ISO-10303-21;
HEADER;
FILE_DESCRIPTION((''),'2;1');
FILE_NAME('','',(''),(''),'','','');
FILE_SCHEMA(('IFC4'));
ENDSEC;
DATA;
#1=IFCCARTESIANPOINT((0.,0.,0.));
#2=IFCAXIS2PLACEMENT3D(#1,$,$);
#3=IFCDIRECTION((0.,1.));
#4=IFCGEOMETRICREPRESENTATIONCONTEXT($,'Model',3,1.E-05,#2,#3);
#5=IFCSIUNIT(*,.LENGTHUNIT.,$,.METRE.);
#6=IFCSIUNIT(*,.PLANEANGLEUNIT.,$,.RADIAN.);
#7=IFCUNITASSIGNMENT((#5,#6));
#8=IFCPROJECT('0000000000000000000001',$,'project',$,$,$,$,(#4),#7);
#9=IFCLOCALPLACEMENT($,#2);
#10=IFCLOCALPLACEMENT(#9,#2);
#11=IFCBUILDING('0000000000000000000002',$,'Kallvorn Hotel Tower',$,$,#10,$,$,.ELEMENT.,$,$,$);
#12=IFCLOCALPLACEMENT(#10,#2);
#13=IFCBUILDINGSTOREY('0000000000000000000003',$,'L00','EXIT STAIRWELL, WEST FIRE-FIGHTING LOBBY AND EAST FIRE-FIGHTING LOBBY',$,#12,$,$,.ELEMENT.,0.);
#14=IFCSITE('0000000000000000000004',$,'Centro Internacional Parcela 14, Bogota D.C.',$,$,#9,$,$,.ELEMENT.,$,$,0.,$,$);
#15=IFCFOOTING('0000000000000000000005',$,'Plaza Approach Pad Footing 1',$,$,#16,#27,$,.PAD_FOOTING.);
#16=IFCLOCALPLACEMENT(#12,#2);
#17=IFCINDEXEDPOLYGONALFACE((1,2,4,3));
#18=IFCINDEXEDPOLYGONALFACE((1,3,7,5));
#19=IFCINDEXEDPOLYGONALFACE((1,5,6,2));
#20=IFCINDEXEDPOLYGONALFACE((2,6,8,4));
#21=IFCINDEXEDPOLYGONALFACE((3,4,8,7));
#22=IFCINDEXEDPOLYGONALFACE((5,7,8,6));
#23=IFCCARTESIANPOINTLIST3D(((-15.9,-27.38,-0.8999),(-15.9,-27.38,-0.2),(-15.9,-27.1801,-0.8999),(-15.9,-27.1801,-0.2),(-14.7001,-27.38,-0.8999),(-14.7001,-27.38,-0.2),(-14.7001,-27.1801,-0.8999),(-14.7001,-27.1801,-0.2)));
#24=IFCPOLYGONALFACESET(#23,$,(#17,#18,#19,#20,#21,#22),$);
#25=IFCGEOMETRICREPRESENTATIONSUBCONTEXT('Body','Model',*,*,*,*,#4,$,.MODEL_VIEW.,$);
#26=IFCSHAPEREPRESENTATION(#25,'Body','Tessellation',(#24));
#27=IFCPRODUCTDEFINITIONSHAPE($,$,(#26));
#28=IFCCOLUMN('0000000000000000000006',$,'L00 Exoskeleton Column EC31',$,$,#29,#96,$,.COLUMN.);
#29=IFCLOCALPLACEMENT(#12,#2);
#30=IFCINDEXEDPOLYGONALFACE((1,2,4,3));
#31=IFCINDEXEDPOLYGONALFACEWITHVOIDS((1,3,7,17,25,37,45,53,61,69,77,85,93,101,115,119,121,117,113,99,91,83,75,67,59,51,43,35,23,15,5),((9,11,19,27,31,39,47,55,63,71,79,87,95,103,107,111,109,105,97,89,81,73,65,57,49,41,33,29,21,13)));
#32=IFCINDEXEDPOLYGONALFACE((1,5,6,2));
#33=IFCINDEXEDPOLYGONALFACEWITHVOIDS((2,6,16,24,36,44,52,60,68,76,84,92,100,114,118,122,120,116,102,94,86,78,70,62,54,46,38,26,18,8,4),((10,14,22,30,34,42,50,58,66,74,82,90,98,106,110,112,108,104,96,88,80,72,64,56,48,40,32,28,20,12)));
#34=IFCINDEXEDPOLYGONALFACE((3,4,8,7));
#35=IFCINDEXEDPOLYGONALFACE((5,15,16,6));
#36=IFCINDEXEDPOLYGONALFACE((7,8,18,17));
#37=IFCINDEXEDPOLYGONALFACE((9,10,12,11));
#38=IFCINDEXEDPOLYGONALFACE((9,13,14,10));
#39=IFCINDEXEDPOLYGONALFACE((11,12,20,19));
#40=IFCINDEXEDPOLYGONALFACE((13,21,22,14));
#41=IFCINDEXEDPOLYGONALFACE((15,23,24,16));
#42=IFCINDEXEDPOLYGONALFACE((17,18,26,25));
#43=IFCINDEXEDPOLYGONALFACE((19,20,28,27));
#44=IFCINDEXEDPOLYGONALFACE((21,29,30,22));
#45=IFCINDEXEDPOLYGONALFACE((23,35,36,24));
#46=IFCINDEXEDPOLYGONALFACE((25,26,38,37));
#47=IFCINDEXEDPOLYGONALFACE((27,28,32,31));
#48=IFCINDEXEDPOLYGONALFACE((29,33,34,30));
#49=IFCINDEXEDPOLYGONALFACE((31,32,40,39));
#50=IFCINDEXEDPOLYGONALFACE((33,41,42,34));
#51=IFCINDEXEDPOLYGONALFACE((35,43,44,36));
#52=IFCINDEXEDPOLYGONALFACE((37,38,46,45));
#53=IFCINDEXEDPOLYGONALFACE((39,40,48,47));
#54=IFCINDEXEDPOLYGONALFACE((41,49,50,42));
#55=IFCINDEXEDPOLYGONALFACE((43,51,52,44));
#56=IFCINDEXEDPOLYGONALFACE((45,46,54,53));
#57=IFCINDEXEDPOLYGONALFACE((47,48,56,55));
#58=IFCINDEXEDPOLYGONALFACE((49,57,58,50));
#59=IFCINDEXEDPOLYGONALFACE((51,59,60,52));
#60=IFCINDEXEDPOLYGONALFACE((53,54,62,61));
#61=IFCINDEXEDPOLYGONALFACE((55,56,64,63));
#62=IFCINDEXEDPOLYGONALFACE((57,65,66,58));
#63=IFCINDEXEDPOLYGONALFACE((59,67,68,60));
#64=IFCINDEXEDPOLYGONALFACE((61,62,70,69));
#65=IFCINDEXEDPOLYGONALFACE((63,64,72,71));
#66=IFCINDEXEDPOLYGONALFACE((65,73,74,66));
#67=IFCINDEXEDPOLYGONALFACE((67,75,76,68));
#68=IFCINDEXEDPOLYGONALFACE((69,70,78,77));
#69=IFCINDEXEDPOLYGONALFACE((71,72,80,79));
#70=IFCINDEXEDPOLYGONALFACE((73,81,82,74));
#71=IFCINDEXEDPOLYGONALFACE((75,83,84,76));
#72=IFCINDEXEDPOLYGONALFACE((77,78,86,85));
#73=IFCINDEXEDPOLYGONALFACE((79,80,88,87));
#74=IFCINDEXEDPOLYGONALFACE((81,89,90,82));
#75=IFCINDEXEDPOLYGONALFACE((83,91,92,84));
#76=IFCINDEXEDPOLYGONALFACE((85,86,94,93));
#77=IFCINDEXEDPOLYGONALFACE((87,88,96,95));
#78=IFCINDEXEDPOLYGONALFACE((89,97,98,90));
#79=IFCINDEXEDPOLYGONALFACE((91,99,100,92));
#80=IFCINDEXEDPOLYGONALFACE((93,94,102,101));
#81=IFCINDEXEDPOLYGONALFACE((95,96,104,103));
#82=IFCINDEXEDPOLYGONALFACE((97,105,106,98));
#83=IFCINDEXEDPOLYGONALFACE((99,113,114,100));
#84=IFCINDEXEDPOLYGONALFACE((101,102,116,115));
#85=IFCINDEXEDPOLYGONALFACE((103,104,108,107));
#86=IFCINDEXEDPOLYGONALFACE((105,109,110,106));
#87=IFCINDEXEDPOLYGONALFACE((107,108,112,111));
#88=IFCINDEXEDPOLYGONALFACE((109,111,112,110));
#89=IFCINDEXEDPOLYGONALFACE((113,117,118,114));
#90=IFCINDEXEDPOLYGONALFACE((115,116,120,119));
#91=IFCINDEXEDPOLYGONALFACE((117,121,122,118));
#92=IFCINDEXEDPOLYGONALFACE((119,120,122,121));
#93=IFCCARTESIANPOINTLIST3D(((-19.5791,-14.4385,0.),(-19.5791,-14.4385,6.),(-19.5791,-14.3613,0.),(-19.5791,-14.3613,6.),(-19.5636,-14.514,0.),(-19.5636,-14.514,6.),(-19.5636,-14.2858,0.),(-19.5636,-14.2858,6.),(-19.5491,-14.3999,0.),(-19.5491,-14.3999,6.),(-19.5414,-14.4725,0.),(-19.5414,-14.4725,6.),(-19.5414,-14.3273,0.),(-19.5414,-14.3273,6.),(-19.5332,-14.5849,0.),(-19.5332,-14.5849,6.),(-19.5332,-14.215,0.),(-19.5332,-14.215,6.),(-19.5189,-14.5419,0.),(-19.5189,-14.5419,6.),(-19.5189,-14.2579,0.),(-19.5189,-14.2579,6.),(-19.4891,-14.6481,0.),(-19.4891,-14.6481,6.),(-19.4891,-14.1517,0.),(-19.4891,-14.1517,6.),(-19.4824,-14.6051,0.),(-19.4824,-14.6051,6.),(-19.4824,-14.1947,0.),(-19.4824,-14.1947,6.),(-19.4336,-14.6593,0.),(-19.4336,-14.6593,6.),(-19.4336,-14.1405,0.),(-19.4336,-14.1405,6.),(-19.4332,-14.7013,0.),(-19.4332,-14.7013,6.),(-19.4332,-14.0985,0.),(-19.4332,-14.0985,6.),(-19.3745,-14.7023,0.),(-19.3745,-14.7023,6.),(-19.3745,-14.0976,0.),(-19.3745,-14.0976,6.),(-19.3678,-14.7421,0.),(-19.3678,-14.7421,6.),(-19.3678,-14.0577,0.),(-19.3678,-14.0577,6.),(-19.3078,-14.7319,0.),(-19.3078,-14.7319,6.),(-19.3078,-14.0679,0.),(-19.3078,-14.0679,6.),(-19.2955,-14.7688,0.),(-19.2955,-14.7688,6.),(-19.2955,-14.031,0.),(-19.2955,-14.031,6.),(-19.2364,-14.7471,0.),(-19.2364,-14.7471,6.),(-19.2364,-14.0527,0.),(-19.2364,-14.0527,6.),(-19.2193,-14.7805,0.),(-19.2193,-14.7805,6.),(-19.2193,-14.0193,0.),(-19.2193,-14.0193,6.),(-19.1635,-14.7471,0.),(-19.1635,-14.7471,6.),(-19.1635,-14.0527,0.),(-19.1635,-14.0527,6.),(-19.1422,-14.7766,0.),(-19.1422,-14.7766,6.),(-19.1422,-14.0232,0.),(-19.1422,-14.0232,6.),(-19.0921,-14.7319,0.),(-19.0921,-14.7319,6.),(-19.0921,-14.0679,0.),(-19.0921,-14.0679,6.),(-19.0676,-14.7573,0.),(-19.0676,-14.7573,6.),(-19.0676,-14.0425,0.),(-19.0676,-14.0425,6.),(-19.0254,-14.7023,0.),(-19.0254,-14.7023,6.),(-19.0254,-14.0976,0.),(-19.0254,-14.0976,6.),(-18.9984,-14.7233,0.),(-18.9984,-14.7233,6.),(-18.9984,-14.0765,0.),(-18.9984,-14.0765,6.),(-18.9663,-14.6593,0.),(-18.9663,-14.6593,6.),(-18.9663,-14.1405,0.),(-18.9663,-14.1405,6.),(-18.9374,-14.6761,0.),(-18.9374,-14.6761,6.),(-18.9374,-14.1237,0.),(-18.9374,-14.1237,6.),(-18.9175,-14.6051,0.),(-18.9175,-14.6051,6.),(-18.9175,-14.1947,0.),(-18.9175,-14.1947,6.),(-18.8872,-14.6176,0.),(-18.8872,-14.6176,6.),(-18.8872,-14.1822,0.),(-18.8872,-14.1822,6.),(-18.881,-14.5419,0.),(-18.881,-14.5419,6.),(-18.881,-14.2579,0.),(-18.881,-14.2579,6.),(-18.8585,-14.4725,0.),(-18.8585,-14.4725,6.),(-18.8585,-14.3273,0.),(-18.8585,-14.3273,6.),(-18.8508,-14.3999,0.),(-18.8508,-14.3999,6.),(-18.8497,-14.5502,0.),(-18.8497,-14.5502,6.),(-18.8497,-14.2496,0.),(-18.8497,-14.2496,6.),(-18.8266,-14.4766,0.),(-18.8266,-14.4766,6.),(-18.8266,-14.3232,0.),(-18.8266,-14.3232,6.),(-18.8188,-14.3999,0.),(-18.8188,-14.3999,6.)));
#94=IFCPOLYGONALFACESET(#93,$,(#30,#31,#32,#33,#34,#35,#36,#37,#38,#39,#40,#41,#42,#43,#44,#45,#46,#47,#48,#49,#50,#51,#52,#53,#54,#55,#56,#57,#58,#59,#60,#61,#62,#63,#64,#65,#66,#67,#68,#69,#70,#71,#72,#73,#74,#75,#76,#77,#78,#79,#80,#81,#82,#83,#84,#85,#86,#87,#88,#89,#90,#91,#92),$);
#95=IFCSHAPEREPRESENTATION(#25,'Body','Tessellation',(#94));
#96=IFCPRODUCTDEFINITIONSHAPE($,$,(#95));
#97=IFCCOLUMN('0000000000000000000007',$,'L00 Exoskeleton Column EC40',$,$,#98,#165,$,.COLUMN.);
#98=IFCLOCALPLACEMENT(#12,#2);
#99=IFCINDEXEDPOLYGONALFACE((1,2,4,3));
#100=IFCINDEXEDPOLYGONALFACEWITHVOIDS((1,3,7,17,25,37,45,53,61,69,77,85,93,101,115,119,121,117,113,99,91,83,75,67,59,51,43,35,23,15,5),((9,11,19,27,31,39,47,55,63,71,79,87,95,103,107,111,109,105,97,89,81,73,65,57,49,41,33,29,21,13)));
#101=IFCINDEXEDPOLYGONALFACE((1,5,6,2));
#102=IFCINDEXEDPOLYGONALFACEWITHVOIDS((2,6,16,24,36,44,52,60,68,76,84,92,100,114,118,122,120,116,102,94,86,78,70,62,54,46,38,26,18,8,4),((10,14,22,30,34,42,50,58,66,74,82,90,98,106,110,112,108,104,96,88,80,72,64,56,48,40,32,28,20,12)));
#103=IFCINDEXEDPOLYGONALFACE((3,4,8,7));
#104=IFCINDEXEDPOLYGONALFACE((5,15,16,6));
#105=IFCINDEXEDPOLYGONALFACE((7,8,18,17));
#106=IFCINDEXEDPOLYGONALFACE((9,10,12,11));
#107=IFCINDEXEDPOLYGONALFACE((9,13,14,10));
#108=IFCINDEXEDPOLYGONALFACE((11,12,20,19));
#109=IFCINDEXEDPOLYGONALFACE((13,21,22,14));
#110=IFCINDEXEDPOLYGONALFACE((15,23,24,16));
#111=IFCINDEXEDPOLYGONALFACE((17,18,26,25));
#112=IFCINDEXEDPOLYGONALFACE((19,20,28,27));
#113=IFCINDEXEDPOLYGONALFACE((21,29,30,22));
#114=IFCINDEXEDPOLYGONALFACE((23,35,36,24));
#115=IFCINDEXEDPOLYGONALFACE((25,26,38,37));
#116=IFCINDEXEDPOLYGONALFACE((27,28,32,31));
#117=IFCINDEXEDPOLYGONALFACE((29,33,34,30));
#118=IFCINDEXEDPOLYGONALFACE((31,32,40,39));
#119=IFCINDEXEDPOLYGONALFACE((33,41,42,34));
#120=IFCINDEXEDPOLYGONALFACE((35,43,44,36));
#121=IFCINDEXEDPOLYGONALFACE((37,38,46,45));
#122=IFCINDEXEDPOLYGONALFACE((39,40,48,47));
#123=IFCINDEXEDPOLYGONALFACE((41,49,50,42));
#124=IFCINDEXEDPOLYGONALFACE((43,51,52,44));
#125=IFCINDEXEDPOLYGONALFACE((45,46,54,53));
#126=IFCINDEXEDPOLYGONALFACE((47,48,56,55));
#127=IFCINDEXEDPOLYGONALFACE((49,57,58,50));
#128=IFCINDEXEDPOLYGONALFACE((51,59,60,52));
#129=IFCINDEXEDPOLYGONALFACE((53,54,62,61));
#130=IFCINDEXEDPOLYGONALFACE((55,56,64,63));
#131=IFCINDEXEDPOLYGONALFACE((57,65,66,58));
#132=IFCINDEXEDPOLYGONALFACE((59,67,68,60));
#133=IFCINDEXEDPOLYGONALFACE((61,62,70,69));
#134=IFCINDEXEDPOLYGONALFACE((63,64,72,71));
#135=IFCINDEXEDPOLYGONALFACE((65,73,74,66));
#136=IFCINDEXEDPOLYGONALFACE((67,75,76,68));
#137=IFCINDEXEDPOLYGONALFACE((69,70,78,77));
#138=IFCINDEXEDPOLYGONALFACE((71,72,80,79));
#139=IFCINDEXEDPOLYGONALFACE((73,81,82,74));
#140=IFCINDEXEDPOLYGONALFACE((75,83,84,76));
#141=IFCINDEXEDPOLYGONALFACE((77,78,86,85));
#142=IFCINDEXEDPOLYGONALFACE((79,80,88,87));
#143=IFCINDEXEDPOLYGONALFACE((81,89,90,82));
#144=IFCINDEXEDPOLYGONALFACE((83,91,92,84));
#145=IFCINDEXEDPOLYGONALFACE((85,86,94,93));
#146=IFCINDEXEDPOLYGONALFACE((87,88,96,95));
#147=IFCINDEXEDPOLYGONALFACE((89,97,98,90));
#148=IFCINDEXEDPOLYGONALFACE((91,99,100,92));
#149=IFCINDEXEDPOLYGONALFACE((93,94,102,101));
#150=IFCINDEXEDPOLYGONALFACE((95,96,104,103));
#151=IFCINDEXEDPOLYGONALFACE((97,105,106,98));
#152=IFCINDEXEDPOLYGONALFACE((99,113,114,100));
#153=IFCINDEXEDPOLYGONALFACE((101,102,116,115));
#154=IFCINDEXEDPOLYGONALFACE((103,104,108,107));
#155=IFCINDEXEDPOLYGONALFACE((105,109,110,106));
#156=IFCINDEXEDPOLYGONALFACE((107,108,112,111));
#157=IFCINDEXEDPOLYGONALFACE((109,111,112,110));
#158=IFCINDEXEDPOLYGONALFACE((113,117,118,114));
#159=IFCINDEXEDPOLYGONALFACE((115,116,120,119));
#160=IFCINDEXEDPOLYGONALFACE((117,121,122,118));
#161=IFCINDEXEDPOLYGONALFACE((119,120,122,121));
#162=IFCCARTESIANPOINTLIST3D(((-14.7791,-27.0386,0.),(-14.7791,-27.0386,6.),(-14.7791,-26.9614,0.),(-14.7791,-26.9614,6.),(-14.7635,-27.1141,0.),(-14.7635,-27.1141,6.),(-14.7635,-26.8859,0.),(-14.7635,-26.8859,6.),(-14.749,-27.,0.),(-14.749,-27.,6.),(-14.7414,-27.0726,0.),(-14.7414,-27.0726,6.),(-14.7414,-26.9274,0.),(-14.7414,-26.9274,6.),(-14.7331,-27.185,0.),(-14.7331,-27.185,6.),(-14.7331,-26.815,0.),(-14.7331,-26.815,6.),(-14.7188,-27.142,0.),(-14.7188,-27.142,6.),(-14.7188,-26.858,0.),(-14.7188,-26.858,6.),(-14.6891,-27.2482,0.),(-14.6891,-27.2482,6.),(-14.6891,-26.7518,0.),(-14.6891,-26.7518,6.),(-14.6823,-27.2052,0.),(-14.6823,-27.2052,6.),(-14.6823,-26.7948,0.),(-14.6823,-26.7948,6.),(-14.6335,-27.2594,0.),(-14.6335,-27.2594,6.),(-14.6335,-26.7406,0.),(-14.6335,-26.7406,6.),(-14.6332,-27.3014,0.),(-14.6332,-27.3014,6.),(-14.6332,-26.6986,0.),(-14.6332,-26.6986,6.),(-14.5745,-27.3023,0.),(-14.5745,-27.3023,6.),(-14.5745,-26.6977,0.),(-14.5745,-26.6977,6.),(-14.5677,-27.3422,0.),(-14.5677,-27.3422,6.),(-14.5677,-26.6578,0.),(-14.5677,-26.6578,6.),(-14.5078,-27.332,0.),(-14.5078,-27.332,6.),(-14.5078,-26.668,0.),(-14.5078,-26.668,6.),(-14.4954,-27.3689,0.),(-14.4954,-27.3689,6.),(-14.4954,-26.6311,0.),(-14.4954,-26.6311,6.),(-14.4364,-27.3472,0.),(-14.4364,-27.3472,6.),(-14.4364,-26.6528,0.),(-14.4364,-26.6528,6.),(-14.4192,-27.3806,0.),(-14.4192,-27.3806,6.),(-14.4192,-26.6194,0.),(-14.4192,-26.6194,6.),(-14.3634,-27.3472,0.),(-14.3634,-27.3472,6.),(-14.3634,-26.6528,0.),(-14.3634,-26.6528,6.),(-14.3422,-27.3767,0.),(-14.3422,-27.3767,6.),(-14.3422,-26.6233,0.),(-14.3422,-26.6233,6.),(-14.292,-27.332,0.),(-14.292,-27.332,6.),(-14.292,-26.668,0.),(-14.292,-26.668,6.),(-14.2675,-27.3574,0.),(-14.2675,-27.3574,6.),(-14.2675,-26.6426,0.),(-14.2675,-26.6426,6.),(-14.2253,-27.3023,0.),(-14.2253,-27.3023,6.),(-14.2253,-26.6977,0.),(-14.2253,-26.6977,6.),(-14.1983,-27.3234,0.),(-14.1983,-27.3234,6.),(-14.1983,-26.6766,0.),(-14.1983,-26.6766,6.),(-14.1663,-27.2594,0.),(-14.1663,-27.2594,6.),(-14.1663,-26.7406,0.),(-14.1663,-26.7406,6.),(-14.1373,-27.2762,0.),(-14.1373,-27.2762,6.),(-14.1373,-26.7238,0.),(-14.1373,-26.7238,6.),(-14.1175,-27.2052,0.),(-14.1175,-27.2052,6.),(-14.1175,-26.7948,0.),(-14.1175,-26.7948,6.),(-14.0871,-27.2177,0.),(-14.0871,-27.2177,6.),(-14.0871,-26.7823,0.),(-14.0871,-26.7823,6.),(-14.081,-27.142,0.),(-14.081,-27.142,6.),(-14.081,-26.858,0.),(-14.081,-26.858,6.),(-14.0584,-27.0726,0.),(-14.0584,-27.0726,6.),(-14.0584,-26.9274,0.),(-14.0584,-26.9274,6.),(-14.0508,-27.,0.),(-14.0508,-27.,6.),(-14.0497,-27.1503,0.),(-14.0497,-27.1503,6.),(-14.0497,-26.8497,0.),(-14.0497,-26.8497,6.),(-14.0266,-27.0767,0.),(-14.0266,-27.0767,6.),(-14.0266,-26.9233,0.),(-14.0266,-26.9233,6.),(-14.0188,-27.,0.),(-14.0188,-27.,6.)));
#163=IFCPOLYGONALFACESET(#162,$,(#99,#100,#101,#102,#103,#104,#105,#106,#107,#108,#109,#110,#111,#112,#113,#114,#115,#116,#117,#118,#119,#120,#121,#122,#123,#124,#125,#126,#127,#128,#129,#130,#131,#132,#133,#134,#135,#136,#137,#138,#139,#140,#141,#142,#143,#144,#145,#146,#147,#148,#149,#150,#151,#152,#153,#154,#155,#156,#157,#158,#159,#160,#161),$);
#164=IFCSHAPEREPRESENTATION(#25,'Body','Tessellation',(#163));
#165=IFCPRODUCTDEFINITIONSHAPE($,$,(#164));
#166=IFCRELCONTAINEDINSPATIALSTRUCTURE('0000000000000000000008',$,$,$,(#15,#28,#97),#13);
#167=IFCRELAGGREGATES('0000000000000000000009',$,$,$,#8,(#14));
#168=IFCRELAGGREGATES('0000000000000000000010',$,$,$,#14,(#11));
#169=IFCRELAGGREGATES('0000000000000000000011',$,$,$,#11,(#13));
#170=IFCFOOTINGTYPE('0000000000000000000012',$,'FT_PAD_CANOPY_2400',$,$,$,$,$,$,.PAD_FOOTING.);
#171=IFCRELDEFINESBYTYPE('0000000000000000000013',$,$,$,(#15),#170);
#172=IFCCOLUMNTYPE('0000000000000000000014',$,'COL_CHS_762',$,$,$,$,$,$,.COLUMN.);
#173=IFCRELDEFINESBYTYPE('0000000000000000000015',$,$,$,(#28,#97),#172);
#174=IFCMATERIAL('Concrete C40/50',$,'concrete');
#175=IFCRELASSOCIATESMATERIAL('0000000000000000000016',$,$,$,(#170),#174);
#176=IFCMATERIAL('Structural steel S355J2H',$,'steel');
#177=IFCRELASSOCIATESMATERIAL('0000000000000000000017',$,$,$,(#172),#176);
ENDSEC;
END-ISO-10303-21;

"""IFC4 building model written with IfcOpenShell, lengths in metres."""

from ifc_helpers import new_model, si_unit, direction, frame, origin, origin_2d, place, context, subcontext, project, spatial, rectangle, hollow_circle, extrude, material, material_profile, profile_set, type_object, element, save


model = new_model("IFC4")

# Units and contexts
model_context = context("Model", 3, precision=1e-05, world=origin(), true_north=direction((0.0, 1.0)))
body_context = subcontext(model_context, "Body", "Model", "MODEL_VIEW")
ifc_project = project(units=[si_unit("LENGTHUNIT", "METRE"), si_unit("PLANEANGLEUNIT", "RADIAN")], contexts=[model_context])

# Site, building, storey
site_placement = place(None, origin())
site = spatial("IfcSite", under=ifc_project, at=site_placement, Name="Centro Internacional Parcela 14, Bogota D.C.", CompositionType="ELEMENT", RefElevation=0.0)
building_placement = place(site_placement, origin())
building = spatial("IfcBuilding", under=site, at=building_placement, Name="Kallvorn Hotel Tower", CompositionType="ELEMENT")
storey_placement = place(building_placement, origin())
storey = spatial("IfcBuildingStorey", under=building, at=storey_placement, Name="L00", Description="EXIT STAIRWELL, WEST FIRE-FIGHTING LOBBY AND EAST FIRE-FIGHTING LOBBY", CompositionType="ELEMENT", Elevation=0.0)

# Footing
ifc_material_1 = material(Name="Concrete C40/50", Category="concrete")
footing_type = type_object("IfcFootingType", Name="FT_PAD_CANOPY_2400", PredefinedType="PAD_FOOTING", material=ifc_material_1)
footing_placement = place(storey_placement, frame((-15.3, -27.28, -0.8999), z_axis=(0.0, 0.0, 1.0), x_axis=(1.0, 0.0, 0.0)))
element("IfcFooting", 1, at=footing_placement, inside=storey, type_object=footing_type, Name="Plaza Approach Pad Footing 1", PredefinedType="PAD_FOOTING", context=body_context, shape_type="SweptSolid", body=[
    extrude(rectangle(XDim=1.2, YDim=0.2, at=origin_2d()), origin(), (0.0, 0.0, 1.0), 0.7),
])

# Columns
ifc_material_2 = material(Name="Structural steel S355J2H", Category="steel")
ifc_material_profile_1 = material_profile(ifc_material_2, hollow_circle(Radius=0.3811, WallThickness=0.032, at=origin_2d()), Name="CHS 762x32")
ifc_profile_set_1 = profile_set([ifc_material_profile_1], Name="Structural steel S355J2H")
column_type_1 = type_object("IfcColumnType", Name="COL_CHS_762", PredefinedType="COLUMN", material=ifc_profile_set_1)
for number, where, z_axis, x_axis, name in (
    (2, (-19.2, -14.3999, 0.0), (0.0, 0.0, 1.0), (1.0, 0.0, 0.0), "L00 Exoskeleton Column EC31"),
    (3, (-14.3999, -27.0, 0.0), (0.0, 0.0, 1.0), (1.0, 0.0, 0.0), "L00 Exoskeleton Column EC40"),
):
    element("IfcColumn", number, at=place(storey_placement, frame(where, z_axis=z_axis, x_axis=x_axis)), inside=storey, type_object=column_type_1, Name=name, PredefinedType="COLUMN", context=body_context, shape_type="SweptSolid", body=[
        extrude(hollow_circle(Radius=0.3811, WallThickness=0.032, at=origin_2d()), origin(), (0.0, 0.0, 1.0), 6.0),
    ])

save(model, "model.ifc")
